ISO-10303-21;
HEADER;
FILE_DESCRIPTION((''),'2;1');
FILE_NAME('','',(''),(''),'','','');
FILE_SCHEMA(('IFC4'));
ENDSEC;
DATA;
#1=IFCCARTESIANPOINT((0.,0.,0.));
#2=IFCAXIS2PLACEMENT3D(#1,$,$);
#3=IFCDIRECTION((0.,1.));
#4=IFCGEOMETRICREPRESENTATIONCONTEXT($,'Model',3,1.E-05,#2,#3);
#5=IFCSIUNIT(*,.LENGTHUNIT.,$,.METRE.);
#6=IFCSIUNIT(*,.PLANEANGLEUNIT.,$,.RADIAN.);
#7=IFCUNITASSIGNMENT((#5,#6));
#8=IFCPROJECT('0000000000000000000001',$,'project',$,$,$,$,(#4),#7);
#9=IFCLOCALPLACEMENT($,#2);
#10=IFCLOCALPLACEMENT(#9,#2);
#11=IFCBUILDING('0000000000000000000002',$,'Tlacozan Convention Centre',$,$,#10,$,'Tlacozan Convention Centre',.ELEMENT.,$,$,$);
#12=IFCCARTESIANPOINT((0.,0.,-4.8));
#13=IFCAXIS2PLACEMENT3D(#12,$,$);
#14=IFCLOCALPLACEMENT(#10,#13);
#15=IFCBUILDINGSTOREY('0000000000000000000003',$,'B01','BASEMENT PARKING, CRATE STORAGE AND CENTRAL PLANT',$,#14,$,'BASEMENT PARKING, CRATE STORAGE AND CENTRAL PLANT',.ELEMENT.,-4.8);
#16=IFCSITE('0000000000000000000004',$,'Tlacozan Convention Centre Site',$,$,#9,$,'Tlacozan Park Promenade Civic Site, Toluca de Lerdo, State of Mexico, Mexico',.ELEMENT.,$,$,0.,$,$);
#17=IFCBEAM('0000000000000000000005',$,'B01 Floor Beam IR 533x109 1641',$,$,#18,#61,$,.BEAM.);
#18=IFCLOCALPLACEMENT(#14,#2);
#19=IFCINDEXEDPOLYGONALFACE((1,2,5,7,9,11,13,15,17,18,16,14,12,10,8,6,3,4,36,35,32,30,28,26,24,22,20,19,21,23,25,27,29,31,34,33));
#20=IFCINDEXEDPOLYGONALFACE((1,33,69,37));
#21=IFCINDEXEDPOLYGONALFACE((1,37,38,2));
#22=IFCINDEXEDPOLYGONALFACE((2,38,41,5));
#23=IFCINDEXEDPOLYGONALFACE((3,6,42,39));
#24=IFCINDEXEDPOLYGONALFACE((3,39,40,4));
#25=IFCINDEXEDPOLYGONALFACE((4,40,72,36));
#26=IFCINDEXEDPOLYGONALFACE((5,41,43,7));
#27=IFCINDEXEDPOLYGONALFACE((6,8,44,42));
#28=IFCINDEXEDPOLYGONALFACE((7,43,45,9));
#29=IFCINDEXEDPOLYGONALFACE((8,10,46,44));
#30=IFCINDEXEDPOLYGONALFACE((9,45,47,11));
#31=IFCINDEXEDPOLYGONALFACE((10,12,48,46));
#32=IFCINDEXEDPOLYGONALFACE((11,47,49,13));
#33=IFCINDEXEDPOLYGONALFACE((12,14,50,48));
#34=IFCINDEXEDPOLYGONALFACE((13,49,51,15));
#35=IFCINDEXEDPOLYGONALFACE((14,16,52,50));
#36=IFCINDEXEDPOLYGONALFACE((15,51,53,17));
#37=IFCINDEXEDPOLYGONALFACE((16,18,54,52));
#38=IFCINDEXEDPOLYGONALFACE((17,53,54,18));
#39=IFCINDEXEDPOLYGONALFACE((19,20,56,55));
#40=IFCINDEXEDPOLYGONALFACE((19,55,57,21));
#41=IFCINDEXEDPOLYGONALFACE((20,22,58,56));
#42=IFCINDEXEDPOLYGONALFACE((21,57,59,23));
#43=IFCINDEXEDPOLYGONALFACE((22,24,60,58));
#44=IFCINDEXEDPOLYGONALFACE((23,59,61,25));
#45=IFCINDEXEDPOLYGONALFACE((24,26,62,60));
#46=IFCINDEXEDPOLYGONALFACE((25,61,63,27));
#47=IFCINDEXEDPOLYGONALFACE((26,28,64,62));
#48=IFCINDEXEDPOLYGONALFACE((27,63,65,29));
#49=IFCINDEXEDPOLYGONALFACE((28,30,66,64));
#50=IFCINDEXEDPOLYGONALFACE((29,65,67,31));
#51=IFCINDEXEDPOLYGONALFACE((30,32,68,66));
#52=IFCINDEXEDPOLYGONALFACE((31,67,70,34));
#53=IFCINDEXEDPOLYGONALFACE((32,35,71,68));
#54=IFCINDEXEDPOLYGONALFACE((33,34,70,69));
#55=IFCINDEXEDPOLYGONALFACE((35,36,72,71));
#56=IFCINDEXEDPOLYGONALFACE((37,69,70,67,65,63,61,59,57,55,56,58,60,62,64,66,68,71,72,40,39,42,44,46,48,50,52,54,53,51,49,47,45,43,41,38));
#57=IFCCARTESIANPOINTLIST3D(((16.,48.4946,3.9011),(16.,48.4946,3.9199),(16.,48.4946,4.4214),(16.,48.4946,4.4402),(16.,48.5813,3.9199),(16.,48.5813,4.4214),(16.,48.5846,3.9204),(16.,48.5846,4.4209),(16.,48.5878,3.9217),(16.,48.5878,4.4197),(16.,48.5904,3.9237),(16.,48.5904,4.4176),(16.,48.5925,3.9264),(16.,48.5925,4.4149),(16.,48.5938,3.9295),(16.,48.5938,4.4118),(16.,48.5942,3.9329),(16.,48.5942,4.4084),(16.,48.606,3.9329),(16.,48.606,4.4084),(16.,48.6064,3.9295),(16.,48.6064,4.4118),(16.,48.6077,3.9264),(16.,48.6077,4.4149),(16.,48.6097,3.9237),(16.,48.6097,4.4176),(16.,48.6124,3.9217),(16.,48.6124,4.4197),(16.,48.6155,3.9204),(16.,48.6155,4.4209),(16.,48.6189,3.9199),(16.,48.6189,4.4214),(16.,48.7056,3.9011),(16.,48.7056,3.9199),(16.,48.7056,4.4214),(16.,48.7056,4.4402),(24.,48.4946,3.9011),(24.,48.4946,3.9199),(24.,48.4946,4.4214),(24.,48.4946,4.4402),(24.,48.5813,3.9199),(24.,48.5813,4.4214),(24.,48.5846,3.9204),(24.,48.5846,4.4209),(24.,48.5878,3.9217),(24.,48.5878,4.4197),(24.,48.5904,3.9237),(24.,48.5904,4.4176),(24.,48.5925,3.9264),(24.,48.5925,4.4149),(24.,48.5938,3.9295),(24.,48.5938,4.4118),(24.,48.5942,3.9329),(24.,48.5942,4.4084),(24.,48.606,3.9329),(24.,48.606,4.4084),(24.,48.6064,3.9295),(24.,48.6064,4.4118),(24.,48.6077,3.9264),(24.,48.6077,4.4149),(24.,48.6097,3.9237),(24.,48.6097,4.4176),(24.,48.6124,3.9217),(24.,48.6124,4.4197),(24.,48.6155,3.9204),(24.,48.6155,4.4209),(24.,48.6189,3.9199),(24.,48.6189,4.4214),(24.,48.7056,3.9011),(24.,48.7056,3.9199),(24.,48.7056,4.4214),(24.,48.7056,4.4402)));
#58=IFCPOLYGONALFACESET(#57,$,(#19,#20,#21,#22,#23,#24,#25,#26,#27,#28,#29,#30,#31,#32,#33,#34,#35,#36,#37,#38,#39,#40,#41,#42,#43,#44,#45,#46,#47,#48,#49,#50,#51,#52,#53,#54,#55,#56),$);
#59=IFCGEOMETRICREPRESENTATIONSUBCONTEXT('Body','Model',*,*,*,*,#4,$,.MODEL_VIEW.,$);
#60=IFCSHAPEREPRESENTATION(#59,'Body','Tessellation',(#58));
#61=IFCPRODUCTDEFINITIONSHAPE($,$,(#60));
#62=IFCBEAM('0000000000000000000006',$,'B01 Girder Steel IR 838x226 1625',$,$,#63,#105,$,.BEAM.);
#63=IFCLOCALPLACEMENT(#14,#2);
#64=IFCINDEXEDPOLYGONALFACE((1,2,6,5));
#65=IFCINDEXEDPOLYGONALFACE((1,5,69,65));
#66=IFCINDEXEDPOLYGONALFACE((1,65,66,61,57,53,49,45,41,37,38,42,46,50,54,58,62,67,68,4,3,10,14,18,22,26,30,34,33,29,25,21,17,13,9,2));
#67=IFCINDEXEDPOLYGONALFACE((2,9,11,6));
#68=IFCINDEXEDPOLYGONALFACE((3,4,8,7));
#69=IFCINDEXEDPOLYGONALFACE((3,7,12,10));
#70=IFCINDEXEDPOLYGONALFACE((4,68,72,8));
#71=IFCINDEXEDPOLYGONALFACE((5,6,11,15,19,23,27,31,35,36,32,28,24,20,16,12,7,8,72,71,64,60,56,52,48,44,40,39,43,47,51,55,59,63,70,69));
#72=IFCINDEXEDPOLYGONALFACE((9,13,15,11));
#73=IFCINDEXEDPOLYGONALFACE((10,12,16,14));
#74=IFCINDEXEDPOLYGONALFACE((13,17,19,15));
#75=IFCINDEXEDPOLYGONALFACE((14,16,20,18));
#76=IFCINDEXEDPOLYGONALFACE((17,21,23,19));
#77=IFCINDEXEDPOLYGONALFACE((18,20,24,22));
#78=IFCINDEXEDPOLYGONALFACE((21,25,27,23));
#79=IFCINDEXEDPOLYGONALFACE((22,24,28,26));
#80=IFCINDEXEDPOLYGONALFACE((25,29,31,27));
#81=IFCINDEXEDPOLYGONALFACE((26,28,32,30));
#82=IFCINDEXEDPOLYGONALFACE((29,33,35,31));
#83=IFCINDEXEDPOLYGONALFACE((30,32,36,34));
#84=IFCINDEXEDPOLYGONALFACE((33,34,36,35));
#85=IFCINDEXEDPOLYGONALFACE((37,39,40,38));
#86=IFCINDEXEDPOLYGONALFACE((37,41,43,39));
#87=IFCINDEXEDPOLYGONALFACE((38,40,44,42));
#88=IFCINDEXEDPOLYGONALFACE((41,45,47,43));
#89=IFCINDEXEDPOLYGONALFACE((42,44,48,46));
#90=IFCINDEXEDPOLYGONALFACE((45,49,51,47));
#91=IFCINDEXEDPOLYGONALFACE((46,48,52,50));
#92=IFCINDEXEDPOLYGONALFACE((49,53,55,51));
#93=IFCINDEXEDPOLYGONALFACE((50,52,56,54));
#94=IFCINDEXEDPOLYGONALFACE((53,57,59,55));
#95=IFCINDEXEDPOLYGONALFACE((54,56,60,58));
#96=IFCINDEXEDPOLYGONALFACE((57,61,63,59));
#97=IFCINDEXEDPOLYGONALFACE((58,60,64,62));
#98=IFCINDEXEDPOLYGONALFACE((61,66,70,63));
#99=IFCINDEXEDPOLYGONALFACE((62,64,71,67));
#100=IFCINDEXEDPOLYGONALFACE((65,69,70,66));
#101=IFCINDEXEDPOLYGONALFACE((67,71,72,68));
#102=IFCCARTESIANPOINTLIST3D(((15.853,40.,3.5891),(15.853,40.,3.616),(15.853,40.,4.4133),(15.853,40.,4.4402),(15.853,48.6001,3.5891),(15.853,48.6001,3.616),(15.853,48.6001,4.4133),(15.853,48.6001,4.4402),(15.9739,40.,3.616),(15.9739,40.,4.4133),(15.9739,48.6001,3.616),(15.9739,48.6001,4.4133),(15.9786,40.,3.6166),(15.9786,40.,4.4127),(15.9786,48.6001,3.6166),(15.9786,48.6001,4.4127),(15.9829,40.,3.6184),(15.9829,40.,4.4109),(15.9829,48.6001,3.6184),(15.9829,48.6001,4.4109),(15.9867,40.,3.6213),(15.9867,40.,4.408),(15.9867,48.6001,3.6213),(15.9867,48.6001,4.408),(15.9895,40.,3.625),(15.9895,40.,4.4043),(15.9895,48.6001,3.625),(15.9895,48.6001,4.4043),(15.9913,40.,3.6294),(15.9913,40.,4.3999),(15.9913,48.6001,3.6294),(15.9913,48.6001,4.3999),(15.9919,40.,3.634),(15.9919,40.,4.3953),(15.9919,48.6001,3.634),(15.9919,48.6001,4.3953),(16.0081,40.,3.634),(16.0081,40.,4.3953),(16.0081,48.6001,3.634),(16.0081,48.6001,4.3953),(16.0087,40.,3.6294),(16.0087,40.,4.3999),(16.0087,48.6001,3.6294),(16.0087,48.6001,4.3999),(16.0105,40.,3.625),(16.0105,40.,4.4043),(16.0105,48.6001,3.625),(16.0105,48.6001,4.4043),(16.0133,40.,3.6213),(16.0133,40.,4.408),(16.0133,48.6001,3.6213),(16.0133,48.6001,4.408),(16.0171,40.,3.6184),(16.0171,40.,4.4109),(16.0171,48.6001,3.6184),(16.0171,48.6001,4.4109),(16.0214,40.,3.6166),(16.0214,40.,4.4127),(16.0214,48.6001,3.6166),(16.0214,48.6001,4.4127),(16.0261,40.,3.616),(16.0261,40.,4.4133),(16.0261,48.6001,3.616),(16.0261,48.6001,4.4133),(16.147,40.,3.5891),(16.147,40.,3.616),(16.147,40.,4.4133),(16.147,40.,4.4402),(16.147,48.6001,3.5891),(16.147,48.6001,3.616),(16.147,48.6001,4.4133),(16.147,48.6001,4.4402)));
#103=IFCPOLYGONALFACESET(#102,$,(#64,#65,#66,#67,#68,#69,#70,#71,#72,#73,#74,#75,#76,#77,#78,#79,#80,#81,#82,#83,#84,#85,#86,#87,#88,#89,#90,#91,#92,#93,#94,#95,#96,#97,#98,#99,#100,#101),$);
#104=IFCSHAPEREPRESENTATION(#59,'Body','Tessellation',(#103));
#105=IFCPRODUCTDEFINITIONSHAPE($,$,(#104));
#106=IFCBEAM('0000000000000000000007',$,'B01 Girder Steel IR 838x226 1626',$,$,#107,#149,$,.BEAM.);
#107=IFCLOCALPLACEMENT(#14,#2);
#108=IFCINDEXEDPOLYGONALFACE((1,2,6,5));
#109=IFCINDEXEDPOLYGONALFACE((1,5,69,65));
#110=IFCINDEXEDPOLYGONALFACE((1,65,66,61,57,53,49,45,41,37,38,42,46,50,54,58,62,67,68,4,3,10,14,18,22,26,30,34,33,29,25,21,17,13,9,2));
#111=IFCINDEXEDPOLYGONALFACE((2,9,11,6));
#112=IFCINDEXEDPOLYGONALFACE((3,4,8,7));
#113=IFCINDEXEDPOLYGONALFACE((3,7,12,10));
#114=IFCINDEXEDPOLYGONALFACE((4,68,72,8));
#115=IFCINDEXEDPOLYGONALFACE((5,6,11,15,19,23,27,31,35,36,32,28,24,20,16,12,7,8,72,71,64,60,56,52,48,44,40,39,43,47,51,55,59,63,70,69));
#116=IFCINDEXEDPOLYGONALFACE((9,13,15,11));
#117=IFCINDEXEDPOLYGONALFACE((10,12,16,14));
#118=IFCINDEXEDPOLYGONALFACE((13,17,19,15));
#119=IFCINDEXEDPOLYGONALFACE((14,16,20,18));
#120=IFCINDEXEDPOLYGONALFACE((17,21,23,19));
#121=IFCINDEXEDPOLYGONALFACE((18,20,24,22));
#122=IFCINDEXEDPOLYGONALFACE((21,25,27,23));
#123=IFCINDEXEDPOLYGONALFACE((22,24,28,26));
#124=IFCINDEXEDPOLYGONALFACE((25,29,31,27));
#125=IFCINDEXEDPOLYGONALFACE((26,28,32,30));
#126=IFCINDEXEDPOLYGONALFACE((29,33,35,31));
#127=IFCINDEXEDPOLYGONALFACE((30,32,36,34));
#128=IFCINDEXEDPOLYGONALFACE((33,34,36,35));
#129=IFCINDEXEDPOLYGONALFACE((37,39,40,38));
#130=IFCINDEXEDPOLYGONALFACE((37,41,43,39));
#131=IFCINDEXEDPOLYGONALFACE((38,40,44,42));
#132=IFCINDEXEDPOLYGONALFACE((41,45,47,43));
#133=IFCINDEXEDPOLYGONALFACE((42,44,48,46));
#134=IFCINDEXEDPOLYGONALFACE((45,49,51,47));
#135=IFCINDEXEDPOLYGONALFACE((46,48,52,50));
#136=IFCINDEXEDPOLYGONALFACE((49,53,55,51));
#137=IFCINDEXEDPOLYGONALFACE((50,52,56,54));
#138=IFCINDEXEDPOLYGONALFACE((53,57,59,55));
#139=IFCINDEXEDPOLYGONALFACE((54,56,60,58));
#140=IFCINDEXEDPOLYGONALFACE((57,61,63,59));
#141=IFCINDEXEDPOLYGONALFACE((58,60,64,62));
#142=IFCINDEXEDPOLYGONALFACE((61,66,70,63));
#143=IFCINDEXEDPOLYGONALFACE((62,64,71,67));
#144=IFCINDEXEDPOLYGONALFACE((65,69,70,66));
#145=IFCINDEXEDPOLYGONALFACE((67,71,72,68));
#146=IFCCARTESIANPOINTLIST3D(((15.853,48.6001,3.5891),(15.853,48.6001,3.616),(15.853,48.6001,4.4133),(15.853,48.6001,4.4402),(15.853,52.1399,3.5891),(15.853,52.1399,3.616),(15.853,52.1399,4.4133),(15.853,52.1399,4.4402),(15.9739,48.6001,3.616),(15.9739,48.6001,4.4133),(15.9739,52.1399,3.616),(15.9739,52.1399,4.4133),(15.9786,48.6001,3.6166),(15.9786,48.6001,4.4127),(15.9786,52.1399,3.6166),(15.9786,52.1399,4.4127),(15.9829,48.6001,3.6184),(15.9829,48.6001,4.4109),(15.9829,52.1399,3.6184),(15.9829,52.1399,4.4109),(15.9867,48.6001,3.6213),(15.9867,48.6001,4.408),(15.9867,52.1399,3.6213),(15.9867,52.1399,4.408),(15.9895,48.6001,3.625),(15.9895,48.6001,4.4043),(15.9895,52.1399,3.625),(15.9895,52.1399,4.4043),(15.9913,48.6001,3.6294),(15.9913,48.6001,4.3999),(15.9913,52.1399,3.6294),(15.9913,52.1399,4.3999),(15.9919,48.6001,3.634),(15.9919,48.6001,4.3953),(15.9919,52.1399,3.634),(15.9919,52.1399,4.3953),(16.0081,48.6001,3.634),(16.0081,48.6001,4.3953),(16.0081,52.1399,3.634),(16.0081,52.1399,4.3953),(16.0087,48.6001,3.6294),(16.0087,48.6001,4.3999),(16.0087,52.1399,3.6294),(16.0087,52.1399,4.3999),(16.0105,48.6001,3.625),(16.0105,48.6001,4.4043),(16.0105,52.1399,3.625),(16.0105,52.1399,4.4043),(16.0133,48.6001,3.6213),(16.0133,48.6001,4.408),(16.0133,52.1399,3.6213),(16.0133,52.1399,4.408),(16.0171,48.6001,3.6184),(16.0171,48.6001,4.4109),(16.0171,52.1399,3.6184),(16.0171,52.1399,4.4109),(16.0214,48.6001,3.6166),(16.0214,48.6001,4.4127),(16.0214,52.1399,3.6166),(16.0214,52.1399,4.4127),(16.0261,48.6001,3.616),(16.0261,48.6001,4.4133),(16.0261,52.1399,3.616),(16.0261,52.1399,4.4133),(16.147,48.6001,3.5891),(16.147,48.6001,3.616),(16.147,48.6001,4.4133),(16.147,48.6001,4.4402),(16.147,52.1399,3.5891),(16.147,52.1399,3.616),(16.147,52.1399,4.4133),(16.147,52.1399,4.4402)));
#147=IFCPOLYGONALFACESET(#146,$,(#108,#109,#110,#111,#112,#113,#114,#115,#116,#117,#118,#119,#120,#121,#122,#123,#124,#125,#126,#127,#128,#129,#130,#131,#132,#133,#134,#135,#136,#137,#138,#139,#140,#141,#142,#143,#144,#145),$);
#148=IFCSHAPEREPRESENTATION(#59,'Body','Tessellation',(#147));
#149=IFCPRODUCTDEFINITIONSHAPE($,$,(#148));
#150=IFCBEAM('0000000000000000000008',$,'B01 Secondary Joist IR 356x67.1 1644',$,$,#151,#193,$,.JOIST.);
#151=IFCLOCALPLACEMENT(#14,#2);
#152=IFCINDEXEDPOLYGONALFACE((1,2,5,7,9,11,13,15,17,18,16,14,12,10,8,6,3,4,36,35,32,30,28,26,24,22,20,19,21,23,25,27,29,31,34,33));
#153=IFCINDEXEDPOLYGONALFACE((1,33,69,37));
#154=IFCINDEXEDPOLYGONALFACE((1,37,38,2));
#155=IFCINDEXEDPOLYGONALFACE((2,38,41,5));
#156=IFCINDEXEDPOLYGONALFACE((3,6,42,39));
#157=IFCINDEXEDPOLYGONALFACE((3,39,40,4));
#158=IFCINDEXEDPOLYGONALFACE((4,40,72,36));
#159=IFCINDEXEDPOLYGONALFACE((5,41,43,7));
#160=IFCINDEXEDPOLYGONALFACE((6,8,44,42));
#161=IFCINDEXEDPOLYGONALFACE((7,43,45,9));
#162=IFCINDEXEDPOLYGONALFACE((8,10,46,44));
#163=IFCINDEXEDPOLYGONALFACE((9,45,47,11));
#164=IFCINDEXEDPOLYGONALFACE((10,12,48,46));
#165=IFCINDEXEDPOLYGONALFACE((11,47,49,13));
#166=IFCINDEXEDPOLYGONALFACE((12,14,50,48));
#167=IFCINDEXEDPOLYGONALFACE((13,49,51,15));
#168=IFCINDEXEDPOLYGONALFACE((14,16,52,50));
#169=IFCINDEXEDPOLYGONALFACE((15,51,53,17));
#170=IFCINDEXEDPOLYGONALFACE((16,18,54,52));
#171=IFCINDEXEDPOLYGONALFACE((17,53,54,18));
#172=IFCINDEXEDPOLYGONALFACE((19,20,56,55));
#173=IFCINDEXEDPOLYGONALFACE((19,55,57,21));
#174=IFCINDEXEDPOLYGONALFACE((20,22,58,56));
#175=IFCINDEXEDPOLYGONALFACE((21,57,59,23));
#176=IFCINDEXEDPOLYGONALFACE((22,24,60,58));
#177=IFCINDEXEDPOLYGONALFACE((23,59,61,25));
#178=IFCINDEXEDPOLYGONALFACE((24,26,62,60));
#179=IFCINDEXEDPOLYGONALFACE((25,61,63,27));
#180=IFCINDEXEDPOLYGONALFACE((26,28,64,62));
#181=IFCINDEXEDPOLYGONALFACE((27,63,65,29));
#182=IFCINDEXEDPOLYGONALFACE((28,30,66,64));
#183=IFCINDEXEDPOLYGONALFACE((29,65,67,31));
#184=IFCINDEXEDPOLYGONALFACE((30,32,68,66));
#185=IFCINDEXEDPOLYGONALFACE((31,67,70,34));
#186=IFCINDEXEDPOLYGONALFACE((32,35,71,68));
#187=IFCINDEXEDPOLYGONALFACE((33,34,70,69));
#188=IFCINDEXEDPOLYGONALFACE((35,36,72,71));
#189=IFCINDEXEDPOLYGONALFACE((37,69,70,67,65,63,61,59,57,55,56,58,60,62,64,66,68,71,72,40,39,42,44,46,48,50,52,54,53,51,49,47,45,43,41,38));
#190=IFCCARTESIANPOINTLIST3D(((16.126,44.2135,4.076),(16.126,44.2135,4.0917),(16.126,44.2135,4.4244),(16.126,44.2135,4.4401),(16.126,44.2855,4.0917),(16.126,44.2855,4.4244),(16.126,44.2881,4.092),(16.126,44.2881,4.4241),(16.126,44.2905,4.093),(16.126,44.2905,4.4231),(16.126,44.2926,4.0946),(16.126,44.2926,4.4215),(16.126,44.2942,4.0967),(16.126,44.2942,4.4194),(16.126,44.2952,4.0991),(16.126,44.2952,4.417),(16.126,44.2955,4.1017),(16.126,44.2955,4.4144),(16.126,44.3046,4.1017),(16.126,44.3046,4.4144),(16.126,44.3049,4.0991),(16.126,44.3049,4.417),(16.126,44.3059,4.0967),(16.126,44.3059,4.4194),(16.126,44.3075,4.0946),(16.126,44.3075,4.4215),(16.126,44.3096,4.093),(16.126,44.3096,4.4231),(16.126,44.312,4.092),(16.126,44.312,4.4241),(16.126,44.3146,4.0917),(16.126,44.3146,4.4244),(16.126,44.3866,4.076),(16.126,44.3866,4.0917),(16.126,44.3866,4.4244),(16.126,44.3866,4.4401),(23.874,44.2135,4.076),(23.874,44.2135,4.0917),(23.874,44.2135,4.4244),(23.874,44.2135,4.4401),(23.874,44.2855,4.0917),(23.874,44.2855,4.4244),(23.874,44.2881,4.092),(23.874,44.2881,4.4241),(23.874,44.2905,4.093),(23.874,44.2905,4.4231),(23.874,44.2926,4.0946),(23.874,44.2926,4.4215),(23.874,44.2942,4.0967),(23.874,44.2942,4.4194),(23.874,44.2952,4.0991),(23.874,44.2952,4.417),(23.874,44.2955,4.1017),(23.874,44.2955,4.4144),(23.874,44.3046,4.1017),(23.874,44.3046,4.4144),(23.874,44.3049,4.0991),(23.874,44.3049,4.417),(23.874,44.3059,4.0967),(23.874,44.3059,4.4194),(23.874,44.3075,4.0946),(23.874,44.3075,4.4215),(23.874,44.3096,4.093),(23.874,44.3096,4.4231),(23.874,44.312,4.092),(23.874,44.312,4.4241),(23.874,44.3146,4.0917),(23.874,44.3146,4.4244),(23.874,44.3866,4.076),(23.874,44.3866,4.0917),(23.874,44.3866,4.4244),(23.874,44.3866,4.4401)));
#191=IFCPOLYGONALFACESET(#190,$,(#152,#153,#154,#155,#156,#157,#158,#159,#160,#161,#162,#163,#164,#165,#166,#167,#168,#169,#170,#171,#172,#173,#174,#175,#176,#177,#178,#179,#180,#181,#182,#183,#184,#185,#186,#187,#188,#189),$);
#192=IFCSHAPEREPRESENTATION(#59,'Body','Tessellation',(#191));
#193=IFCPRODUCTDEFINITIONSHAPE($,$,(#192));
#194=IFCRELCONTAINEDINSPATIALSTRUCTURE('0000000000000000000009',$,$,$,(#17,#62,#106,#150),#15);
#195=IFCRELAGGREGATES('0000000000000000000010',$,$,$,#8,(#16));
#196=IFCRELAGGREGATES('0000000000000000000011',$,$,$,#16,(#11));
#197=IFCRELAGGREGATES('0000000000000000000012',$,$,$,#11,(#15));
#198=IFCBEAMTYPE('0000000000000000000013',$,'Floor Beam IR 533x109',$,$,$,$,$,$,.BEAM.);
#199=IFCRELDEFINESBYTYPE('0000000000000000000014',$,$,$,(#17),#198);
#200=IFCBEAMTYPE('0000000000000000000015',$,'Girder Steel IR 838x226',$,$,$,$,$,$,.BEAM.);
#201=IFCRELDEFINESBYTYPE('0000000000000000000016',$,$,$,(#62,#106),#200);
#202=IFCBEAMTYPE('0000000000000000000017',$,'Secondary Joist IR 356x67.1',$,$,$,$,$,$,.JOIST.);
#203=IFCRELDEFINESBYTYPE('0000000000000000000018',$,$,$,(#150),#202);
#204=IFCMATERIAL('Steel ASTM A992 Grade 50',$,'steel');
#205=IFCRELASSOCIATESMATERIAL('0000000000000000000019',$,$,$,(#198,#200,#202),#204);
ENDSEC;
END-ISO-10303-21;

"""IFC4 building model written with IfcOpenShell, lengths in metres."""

from ifc_helpers import new_model, si_unit, direction, frame, origin, origin_2d, place, context, subcontext, project, spatial, i_section, extrude, material, material_profile, profile_set, type_object, element, save


model = new_model("IFC4")

# Units and contexts
model_context = context("Model", 3, precision=1e-05, world=origin(), true_north=direction((0.0, 1.0)))
body_context = subcontext(model_context, "Body", "Model", "MODEL_VIEW")
ifc_project = project(units=[si_unit("LENGTHUNIT", "METRE"), si_unit("PLANEANGLEUNIT", "RADIAN")], contexts=[model_context])

# Site, building, storey
site_placement = place(None, origin())
site = spatial("IfcSite", under=ifc_project, at=site_placement, Name="Tlacozan Convention Centre Site", LongName="Tlacozan Park Promenade Civic Site, Toluca de Lerdo, State of Mexico, Mexico", CompositionType="ELEMENT", RefElevation=0.0)
building_placement = place(site_placement, origin())
building = spatial("IfcBuilding", under=site, at=building_placement, Name="Tlacozan Convention Centre", LongName="Tlacozan Convention Centre", CompositionType="ELEMENT")
storey_placement = place(building_placement, frame((0.0, 0.0, -4.8)))
storey = spatial("IfcBuildingStorey", under=building, at=storey_placement, Name="B01", Description="BASEMENT PARKING, CRATE STORAGE AND CENTRAL PLANT", LongName="BASEMENT PARKING, CRATE STORAGE AND CENTRAL PLANT", CompositionType="ELEMENT", Elevation=-4.8)

# Beams
ifc_material_1 = material(Name="Steel ASTM A992 Grade 50", Category="steel")
ifc_material_profile_1 = material_profile(ifc_material_1, i_section(OverallWidth=0.2109, OverallDepth=0.5391, WebThickness=0.0117, FlangeThickness=0.0188, FilletRadius=0.0129, at=origin_2d()), Name="IR 533x109.0")
ifc_profile_set_1 = profile_set([ifc_material_profile_1], Name="Steel ASTM A992 Grade 50")
beam_type_1 = type_object("IfcBeamType", Name="Floor Beam IR 533x109", PredefinedType="BEAM", material=ifc_profile_set_1)
for number, where, z_axis, x_axis, name in (
    (1, (16.0, 48.6001, 4.1707), (1.0, 0.0, 0.0), (0.0, 1.0, 0.0), "B01 Floor Beam IR 533x109 1641"),
):
    element("IfcBeam", number, at=place(storey_placement, frame(where, z_axis=z_axis, x_axis=x_axis)), inside=storey, type_object=beam_type_1, Name=name, PredefinedType="BEAM", context=body_context, shape_type="SweptSolid", body=[
        extrude(i_section(OverallWidth=0.2109, OverallDepth=0.5391, WebThickness=0.0117, FlangeThickness=0.0188, FilletRadius=0.0129, at=origin_2d()), origin(), (0.0, 0.0, 1.0), 8.0),
    ])
ifc_material_profile_2 = material_profile(ifc_material_1, i_section(OverallWidth=0.2939, OverallDepth=0.8511, WebThickness=0.0161, FlangeThickness=0.0269, FilletRadius=0.0181, at=origin_2d()), Name="IR 838x226.0")
ifc_profile_set_2 = profile_set([ifc_material_profile_2], Name="Steel ASTM A992 Grade 50")
beam_type_2 = type_object("IfcBeamType", Name="Girder Steel IR 838x226", PredefinedType="BEAM", material=ifc_profile_set_2)
beam_1_placement = place(storey_placement, frame((16.0, 40.0, 4.0146), z_axis=(0.0, 1.0, 0.0), x_axis=(-1.0, 0.0, 0.0)))
element("IfcBeam", 2, at=beam_1_placement, inside=storey, type_object=beam_type_2, Name="B01 Girder Steel IR 838x226 1625", PredefinedType="BEAM", context=body_context, shape_type="SweptSolid", body=[
    extrude(i_section(OverallWidth=0.2939, OverallDepth=0.8511, WebThickness=0.0161, FlangeThickness=0.0269, FilletRadius=0.0181, at=origin_2d()), origin(), (0.0, 0.0, 1.0), 8.6001),
])
beam_2_placement = place(storey_placement, frame((16.0, 48.6001, 4.0146), z_axis=(0.0, 1.0, 0.0), x_axis=(-1.0, 0.0, 0.0)))
element("IfcBeam", 3, at=beam_2_placement, inside=storey, type_object=beam_type_2, Name="B01 Girder Steel IR 838x226 1626", PredefinedType="BEAM", context=body_context, shape_type="SweptSolid", body=[
    extrude(i_section(OverallWidth=0.2939, OverallDepth=0.8511, WebThickness=0.0161, FlangeThickness=0.0269, FilletRadius=0.0181, at=origin_2d()), origin(), (0.0, 0.0, 1.0), 3.5398),
])
ifc_material_profile_3 = material_profile(ifc_material_1, i_section(OverallWidth=0.1731, OverallDepth=0.364, WebThickness=0.009, FlangeThickness=0.0156, FilletRadius=0.01, at=origin_2d()), Name="IR 356x67.1")
ifc_profile_set_3 = profile_set([ifc_material_profile_3], Name="Steel ASTM A992 Grade 50")
beam_type_3 = type_object("IfcBeamType", Name="Secondary Joist IR 356x67.1", PredefinedType="JOIST", material=ifc_profile_set_3)
beam_3_placement = place(storey_placement, frame((16.126, 44.3, 4.2581), z_axis=(1.0, 0.0, 0.0), x_axis=(0.0, 1.0, 0.0)))
element("IfcBeam", 4, at=beam_3_placement, inside=storey, type_object=beam_type_3, Name="B01 Secondary Joist IR 356x67.1 1644", PredefinedType="JOIST", context=body_context, shape_type="SweptSolid", body=[
    extrude(i_section(OverallWidth=0.1731, OverallDepth=0.364, WebThickness=0.009, FlangeThickness=0.0156, FilletRadius=0.01, at=origin_2d()), origin(), (0.0, 0.0, 1.0), 7.748),
])

save(model, "model.ifc")
